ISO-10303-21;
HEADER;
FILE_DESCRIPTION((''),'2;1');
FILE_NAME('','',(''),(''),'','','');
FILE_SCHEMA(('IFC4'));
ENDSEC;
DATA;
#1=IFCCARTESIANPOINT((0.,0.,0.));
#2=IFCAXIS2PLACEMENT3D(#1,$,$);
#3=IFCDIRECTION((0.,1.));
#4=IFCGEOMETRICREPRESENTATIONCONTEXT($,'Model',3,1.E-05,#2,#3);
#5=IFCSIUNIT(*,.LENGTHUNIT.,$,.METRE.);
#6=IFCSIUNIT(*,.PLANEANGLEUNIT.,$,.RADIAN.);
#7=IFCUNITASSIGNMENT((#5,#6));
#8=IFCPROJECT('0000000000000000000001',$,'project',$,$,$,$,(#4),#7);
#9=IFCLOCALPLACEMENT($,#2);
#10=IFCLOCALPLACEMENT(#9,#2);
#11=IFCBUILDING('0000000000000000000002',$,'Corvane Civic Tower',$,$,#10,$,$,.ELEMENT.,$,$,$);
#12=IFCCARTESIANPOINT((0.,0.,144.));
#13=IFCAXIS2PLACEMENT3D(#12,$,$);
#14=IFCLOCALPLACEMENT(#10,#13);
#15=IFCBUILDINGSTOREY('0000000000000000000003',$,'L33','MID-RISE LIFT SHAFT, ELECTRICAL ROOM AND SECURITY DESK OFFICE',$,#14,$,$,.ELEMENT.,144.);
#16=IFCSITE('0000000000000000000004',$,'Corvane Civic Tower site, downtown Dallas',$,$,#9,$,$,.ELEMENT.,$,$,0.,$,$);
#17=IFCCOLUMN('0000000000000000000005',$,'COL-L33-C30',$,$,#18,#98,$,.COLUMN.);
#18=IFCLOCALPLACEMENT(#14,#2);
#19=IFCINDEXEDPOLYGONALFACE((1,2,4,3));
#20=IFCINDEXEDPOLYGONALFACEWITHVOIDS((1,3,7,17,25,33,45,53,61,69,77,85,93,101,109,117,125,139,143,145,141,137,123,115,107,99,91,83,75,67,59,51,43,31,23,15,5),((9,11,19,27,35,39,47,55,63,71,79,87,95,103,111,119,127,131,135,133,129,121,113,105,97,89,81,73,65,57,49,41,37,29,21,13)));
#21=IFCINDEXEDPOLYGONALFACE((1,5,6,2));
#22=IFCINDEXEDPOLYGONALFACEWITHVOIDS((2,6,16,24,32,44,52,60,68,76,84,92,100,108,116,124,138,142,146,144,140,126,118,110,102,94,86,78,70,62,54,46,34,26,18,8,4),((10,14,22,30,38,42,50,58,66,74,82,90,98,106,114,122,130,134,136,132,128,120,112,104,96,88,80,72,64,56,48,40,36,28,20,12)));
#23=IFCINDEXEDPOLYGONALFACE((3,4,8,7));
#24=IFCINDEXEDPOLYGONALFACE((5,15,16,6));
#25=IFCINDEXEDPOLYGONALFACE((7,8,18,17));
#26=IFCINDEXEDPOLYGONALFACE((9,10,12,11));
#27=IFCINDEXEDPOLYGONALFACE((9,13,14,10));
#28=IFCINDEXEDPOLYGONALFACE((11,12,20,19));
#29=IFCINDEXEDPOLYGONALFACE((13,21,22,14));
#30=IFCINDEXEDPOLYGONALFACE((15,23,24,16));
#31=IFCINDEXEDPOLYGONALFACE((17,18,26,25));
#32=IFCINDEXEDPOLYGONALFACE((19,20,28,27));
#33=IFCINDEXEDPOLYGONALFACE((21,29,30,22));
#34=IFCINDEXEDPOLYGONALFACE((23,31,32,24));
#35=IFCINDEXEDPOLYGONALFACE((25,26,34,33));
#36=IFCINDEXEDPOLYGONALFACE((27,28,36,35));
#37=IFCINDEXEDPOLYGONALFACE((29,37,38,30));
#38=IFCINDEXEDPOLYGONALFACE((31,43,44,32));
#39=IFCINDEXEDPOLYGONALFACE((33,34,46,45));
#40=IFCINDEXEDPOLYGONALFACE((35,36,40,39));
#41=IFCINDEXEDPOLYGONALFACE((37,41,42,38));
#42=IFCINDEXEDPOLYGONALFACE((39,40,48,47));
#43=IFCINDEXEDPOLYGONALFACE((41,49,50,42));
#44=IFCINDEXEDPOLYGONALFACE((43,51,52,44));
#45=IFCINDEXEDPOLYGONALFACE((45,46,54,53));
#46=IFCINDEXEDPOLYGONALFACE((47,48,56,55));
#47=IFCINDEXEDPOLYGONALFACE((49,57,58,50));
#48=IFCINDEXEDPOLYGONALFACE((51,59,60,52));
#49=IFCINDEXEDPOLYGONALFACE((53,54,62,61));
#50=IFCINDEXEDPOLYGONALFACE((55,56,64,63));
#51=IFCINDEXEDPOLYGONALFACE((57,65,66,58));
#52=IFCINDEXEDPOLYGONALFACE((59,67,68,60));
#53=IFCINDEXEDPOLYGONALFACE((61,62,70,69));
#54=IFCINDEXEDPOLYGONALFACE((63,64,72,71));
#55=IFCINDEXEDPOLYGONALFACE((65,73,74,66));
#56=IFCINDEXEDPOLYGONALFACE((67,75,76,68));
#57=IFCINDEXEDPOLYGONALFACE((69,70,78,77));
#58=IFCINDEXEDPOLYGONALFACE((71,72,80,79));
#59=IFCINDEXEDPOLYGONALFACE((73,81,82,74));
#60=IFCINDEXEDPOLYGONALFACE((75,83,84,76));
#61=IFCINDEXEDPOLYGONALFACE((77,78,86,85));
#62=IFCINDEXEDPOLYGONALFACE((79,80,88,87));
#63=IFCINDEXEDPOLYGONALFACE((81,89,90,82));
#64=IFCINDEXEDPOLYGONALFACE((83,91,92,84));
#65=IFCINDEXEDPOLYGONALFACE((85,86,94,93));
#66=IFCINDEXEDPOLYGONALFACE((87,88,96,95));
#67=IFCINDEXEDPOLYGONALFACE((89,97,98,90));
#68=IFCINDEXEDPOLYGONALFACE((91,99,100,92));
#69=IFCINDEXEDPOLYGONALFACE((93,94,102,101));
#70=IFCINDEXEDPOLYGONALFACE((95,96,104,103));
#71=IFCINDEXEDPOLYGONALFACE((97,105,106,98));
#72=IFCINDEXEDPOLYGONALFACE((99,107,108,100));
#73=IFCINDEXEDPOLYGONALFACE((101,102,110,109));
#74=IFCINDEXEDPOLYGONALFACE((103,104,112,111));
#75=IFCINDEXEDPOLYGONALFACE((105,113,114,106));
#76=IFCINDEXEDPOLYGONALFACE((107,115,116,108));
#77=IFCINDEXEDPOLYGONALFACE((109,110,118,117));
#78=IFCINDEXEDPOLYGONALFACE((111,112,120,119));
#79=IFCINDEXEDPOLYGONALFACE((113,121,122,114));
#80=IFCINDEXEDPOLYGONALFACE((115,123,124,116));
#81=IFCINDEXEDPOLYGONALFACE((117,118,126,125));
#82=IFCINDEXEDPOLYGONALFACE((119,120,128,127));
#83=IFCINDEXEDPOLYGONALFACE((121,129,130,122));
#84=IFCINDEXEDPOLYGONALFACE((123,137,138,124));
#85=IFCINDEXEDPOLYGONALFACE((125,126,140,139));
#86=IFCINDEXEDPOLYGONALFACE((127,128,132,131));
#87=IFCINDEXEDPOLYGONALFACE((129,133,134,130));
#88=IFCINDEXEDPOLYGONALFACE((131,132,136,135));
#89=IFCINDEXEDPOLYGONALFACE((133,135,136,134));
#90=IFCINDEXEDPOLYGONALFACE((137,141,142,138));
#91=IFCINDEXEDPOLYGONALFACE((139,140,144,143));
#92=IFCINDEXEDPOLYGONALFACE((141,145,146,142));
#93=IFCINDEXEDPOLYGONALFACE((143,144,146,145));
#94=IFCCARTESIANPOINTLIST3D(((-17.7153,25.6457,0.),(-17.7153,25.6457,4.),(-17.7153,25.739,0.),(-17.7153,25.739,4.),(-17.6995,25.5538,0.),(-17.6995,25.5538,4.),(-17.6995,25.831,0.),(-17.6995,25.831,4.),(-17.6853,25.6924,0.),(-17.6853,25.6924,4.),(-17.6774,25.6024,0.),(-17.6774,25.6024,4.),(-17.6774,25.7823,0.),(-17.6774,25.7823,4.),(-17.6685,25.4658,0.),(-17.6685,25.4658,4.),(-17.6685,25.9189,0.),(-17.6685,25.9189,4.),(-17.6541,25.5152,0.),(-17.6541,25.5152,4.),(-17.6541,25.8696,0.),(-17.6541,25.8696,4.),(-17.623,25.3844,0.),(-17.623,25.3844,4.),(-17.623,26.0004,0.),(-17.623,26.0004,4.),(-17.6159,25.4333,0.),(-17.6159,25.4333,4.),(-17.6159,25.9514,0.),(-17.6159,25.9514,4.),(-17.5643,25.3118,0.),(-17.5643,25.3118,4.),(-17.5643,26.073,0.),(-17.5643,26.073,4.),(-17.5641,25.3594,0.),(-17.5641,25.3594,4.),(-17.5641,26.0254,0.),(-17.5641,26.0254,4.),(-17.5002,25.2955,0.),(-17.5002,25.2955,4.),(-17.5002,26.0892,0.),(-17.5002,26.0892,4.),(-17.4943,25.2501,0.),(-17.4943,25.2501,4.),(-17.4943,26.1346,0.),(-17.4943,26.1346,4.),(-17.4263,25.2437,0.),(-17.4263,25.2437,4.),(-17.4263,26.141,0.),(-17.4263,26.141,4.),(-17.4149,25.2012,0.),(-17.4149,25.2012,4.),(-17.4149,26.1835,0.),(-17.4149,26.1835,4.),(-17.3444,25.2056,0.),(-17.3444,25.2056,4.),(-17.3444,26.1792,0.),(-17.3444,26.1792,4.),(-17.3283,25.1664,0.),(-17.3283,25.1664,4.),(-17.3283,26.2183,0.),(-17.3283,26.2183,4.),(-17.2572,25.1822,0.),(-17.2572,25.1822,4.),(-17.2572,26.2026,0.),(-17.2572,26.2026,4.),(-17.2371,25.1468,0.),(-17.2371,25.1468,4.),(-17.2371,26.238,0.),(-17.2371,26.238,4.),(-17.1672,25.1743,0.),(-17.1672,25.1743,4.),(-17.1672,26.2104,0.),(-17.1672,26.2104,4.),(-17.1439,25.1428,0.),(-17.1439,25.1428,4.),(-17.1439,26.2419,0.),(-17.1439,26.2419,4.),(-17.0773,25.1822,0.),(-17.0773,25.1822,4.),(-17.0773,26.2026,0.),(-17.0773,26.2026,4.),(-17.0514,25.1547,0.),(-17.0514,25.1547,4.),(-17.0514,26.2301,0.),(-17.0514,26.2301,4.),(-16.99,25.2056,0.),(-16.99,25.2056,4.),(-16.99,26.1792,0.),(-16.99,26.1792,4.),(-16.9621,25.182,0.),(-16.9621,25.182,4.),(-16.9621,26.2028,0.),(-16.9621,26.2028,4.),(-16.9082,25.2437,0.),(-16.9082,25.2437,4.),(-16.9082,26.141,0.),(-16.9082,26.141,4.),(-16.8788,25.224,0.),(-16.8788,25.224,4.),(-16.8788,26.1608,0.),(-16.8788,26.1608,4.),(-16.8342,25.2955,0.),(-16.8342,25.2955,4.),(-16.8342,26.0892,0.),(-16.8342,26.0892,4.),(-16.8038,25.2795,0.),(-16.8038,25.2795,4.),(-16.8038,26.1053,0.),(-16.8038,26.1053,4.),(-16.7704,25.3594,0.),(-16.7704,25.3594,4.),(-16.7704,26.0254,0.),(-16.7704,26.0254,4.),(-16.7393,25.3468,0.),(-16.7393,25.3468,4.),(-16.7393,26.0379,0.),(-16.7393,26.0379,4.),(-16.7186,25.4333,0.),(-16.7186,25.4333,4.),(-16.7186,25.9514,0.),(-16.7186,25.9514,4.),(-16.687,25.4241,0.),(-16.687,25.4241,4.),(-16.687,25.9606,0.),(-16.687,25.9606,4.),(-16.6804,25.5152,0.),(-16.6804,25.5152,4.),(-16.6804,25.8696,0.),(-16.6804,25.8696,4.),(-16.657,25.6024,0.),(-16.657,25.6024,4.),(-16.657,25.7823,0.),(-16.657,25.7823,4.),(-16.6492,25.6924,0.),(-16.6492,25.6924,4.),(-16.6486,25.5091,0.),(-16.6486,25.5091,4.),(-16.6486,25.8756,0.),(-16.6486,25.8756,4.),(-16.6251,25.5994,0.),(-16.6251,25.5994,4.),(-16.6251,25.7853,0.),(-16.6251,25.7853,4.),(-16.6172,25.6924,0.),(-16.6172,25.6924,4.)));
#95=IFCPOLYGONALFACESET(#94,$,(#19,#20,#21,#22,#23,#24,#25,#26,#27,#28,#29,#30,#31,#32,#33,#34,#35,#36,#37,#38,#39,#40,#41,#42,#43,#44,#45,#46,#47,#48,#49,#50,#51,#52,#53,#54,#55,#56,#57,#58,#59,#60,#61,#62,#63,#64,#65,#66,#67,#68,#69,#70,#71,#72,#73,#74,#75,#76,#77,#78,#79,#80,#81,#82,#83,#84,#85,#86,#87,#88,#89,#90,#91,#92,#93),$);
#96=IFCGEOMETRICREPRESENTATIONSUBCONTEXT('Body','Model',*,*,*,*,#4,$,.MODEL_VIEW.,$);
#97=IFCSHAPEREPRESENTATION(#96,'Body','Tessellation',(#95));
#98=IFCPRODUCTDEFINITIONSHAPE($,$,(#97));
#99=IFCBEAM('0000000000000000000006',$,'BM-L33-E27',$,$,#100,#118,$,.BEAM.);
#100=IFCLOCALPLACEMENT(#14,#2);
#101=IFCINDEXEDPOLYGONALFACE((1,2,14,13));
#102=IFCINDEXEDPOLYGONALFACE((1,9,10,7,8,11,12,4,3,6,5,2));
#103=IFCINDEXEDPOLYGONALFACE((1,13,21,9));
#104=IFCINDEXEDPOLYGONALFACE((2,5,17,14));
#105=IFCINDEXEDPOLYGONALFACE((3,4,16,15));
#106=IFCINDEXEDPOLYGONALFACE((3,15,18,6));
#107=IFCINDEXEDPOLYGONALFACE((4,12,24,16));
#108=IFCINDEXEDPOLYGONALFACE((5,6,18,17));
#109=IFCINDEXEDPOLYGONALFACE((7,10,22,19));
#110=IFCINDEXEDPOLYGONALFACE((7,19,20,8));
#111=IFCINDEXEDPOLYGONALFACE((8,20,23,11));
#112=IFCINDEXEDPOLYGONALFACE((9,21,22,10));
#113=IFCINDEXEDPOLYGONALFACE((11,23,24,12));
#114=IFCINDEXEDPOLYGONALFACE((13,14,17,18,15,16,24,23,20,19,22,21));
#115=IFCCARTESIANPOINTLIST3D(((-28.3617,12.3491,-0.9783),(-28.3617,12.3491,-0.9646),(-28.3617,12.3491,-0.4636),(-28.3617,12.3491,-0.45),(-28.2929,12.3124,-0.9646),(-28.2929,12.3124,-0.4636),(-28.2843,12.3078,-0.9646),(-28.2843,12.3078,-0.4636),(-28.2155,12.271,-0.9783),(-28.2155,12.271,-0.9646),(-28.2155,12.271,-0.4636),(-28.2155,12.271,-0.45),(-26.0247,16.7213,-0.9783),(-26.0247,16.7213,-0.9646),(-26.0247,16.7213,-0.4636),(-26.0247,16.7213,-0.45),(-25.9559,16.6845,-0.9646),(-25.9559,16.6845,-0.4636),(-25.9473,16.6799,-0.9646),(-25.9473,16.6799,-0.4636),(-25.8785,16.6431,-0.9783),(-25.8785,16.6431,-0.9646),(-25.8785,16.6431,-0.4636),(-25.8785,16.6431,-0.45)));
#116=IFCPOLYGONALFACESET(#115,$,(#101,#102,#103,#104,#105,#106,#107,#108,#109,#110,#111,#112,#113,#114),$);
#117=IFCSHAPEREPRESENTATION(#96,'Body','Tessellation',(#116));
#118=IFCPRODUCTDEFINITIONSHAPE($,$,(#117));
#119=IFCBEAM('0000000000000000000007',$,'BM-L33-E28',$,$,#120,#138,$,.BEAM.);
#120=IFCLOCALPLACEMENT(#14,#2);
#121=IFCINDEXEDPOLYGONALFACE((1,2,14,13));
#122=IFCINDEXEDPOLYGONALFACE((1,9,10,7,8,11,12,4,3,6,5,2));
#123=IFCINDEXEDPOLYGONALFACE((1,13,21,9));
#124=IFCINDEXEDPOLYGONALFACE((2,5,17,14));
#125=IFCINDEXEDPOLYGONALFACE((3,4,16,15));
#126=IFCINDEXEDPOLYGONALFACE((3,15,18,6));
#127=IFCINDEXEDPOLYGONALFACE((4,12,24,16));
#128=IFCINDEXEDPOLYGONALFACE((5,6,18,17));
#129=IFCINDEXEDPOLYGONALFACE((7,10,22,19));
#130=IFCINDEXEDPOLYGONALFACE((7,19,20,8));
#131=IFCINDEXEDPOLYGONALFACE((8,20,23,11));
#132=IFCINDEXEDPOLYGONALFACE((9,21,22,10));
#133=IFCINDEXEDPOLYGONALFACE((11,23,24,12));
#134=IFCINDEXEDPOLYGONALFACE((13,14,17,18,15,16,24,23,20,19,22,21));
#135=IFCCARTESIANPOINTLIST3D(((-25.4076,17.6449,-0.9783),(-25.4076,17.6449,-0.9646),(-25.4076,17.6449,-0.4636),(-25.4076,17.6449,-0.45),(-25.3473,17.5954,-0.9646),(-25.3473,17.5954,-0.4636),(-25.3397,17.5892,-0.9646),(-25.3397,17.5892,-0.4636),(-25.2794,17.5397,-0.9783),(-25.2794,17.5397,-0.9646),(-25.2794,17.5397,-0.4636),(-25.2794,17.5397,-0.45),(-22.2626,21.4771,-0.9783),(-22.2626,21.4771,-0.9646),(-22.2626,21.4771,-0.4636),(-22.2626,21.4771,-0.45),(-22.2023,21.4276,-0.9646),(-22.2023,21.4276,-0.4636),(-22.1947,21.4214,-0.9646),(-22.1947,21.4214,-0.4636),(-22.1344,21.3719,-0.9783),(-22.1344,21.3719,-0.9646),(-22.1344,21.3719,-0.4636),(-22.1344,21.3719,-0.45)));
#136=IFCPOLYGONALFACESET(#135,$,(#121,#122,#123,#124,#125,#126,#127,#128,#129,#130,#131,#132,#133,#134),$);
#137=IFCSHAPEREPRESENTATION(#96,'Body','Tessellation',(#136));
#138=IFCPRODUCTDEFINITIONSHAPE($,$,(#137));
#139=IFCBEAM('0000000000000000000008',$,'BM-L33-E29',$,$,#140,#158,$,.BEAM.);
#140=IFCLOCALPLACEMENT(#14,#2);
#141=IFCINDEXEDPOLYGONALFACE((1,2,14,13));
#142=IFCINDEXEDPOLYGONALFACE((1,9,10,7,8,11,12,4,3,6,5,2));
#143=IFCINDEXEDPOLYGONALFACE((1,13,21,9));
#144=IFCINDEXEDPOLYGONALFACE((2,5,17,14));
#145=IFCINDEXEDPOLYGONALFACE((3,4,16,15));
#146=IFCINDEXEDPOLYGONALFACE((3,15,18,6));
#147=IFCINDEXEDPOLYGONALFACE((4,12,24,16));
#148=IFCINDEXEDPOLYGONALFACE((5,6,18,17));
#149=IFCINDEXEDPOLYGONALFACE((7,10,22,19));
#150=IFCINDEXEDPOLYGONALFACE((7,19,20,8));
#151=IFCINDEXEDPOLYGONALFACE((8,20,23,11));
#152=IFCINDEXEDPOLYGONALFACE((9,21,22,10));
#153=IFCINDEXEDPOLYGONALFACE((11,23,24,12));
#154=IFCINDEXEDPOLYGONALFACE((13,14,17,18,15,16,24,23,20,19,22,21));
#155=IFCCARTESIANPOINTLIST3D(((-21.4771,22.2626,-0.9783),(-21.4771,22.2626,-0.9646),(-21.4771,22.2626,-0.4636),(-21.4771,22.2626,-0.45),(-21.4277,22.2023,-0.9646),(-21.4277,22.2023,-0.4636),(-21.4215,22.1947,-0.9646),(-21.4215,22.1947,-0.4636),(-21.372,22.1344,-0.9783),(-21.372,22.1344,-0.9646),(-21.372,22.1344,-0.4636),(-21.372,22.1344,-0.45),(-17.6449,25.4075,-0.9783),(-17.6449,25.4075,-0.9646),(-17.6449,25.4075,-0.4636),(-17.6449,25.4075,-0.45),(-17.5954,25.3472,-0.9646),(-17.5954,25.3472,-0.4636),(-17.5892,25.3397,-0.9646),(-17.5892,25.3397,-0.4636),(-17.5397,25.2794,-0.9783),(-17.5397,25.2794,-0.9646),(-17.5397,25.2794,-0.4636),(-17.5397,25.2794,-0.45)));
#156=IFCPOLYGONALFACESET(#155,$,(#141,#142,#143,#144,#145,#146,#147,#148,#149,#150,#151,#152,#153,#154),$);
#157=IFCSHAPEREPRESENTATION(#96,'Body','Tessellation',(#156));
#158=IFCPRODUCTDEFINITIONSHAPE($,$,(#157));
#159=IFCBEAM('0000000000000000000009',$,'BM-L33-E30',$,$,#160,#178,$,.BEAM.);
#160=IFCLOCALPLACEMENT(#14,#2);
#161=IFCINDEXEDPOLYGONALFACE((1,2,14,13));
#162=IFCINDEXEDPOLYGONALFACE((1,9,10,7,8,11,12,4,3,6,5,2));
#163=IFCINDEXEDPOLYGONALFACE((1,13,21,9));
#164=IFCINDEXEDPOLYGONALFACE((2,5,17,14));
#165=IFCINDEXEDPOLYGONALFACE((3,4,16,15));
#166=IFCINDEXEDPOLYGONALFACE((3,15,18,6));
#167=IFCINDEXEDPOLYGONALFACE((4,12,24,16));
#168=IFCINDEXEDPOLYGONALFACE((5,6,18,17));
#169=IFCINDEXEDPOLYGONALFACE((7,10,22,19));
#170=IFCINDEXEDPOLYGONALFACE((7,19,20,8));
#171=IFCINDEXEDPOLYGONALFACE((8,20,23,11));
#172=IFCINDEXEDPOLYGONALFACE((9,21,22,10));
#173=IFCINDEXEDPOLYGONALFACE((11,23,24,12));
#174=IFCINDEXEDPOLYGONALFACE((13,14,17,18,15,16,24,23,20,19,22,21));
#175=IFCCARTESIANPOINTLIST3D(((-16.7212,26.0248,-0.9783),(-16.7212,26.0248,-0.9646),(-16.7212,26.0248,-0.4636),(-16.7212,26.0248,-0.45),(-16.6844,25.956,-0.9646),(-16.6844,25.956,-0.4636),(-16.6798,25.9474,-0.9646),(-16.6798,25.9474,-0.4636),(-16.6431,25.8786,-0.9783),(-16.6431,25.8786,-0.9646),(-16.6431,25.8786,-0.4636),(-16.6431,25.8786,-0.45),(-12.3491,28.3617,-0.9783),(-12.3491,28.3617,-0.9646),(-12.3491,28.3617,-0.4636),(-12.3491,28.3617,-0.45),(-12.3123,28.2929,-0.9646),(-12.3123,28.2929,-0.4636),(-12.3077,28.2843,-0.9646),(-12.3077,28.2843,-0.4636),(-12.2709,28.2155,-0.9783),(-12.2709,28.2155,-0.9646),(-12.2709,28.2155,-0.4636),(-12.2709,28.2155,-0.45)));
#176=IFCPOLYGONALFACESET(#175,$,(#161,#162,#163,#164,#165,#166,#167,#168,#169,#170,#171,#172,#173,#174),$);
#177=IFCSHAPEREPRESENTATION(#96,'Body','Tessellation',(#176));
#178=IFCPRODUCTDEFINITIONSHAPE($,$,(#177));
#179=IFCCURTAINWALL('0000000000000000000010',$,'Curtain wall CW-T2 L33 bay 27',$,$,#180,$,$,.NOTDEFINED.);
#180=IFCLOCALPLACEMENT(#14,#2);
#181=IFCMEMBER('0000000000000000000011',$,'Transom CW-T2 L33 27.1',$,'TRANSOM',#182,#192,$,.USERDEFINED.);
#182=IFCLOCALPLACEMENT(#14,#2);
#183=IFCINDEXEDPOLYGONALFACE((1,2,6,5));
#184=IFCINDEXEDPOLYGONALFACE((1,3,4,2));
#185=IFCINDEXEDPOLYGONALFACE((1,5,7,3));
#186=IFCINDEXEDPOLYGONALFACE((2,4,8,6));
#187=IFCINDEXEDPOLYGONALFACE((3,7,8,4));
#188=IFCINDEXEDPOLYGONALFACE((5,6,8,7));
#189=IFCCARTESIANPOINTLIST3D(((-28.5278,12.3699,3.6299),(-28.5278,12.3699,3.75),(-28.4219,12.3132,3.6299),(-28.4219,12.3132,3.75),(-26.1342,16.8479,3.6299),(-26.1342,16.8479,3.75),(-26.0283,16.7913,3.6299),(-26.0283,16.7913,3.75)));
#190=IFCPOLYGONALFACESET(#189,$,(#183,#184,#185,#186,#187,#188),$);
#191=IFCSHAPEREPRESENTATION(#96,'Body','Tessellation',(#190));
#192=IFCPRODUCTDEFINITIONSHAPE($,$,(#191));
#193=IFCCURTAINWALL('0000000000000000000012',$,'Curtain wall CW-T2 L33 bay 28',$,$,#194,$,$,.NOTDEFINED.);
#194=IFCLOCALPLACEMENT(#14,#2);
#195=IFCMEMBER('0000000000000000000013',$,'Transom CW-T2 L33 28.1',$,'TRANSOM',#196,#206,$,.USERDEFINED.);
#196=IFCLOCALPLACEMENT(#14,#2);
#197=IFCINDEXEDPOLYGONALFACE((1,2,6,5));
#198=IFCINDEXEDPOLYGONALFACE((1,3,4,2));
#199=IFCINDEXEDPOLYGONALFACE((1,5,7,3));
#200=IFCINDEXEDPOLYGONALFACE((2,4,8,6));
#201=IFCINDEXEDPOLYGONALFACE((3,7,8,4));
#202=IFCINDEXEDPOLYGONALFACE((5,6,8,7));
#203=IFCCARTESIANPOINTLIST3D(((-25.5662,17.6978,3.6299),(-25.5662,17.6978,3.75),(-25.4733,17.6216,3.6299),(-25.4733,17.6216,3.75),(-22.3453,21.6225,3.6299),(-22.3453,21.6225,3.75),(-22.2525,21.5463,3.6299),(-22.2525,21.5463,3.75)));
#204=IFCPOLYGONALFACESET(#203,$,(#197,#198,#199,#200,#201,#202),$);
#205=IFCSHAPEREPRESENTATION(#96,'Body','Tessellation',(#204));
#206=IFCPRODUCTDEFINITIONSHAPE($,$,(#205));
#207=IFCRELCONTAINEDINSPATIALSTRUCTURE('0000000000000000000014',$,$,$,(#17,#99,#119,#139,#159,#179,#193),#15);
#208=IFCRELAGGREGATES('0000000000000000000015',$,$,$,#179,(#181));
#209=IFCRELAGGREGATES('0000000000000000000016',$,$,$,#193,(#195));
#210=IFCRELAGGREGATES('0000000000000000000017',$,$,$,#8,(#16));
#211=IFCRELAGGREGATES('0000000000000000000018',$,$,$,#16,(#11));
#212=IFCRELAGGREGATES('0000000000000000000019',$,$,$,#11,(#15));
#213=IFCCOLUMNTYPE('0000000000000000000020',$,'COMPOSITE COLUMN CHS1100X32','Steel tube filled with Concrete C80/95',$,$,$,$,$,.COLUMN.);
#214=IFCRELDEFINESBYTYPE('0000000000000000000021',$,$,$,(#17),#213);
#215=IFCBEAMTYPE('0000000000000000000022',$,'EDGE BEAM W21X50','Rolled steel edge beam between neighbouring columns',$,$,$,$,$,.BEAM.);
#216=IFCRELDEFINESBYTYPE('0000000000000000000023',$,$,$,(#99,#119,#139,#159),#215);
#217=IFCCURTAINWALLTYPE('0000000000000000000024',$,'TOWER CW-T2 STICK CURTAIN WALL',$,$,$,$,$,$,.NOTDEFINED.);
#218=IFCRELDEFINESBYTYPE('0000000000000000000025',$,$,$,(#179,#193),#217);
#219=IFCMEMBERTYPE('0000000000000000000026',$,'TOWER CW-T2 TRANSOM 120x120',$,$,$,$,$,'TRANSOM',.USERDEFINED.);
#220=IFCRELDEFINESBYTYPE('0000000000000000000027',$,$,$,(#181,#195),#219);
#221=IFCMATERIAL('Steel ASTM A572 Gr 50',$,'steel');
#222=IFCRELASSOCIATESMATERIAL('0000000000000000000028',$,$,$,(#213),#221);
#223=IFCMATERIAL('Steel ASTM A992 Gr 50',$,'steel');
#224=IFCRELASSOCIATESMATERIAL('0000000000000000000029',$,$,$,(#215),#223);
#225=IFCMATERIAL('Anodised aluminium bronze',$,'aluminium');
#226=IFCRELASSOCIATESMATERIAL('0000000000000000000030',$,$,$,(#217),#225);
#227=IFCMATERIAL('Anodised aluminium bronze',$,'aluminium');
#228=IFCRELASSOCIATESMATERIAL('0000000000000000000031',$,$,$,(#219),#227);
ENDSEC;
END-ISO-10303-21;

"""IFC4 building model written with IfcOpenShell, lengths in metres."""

from ifc_helpers import new_model, si_unit, direction, frame, origin, origin_2d, place, context, subcontext, project, spatial, rectangle, hollow_circle, i_section, extrude, material, material_profile, profile_set, type_object, element, aggregate, save


model = new_model("IFC4")

# Units and contexts
model_context = context("Model", 3, precision=1e-05, world=origin(), true_north=direction((0.0, 1.0)))
body_context = subcontext(model_context, "Body", "Model", "MODEL_VIEW")
ifc_project = project(units=[si_unit("LENGTHUNIT", "METRE"), si_unit("PLANEANGLEUNIT", "RADIAN")], contexts=[model_context])

# Site, building, storey
site_placement = place(None, origin())
site = spatial("IfcSite", under=ifc_project, at=site_placement, Name="Corvane Civic Tower site, downtown Dallas", CompositionType="ELEMENT", RefElevation=0.0)
building_placement = place(site_placement, origin())
building = spatial("IfcBuilding", under=site, at=building_placement, Name="Corvane Civic Tower", CompositionType="ELEMENT")
storey_placement = place(building_placement, frame((0.0, 0.0, 144.0)))
storey = spatial("IfcBuildingStorey", under=building, at=storey_placement, Name="L33", Description="MID-RISE LIFT SHAFT, ELECTRICAL ROOM AND SECURITY DESK OFFICE", CompositionType="ELEMENT", Elevation=144.0)

# Column
ifc_material_1 = material(Name="Steel ASTM A572 Gr 50", Category="steel")
ifc_material_profile_1 = material_profile(ifc_material_1, hollow_circle(Radius=0.55, WallThickness=0.032, at=origin_2d()), Name="CHS1100X32")
ifc_profile_set_1 = profile_set([ifc_material_profile_1], Name="Steel ASTM A572 Gr 50")
column_type = type_object("IfcColumnType", Name="COMPOSITE COLUMN CHS1100X32", Description="Steel tube filled with Concrete C80/95", PredefinedType="COLUMN", material=ifc_profile_set_1)
for number, where, z_axis, x_axis, name in (
    (1, (-17.1672, 25.6924, 0.0), (0.0, 0.0, 1.0), (1.0, 0.0, 0.0), "COL-L33-C30"),
):
    element("IfcColumn", number, at=place(storey_placement, frame(where, z_axis=z_axis, x_axis=x_axis)), inside=storey, type_object=column_type, Name=name, PredefinedType="COLUMN", context=body_context, shape_type="SweptSolid", body=[
        extrude(hollow_circle(Radius=0.55, WallThickness=0.032, at=origin_2d()), origin(), (0.0, 0.0, 1.0), 4.0),
    ])

# Beams
ifc_material_2 = material(Name="Steel ASTM A992 Gr 50", Category="steel")
ifc_material_profile_2 = material_profile(ifc_material_2, i_section(OverallWidth=0.1658, OverallDepth=0.5283, WebThickness=0.0098, FlangeThickness=0.0137, at=origin_2d()), Name="W21X50")
ifc_profile_set_2 = profile_set([ifc_material_profile_2], Name="Steel ASTM A992 Gr 50")
beam_type = type_object("IfcBeamType", Name="EDGE BEAM W21X50", Description="Rolled steel edge beam between neighbouring columns", PredefinedType="BEAM", material=ifc_profile_set_2)
for number, where, z_axis, x_axis, name in (
    (2, (-28.2886, 12.3101, -0.7141), (0.471396, 0.881922, 0.0), (-0.881922, 0.471396, 0.0), "BM-L33-E27"),
    (3, (-25.3435, 17.5923, -0.7141), (0.634388, 0.773015, 0.0), (-0.773015, 0.634388, 0.0), "BM-L33-E28"),
    (4, (-21.4246, 22.1985, -0.7141), (0.773015, 0.634388, 0.0), (-0.634388, 0.773015, 0.0), "BM-L33-E29"),
    (5, (-16.6821, 25.9517, -0.7141), (0.881922, 0.471396, 0.0), (-0.471396, 0.881922, 0.0), "BM-L33-E30"),
):
    element("IfcBeam", number, at=place(storey_placement, frame(where, z_axis=z_axis, x_axis=x_axis)), inside=storey, type_object=beam_type, Name=name, PredefinedType="BEAM", context=body_context, shape_type="SweptSolid", body=[
        extrude(i_section(OverallWidth=0.1658, OverallDepth=0.5283, WebThickness=0.0098, FlangeThickness=0.0137, at=origin_2d()), origin(), (0.0, 0.0, 1.0), 4.9575),
    ])

# Curtain walls, members
ifc_material_3 = material(Name="Anodised aluminium bronze", Category="aluminium")
curtain_wall_type = type_object("IfcCurtainWallType", Name="TOWER CW-T2 STICK CURTAIN WALL", PredefinedType="NOTDEFINED", material=ifc_material_3)
curtain_wall_1_placement = place(storey_placement, origin())
curtain_wall_1 = element("IfcCurtainWall", 6, at=curtain_wall_1_placement, inside=storey, type_object=curtain_wall_type, Name="Curtain wall CW-T2 L33 bay 27", PredefinedType="NOTDEFINED")
ifc_material_4 = material(Name="Anodised aluminium bronze", Category="aluminium")
ifc_material_profile_3 = material_profile(ifc_material_4, rectangle(XDim=0.1201, YDim=0.1201, at=origin_2d()), Name="TOWER CW-T2 TRANSOM 120x120")
ifc_profile_set_3 = profile_set([ifc_material_profile_3], Name="Anodised aluminium bronze")
member_type = type_object("IfcMemberType", Name="TOWER CW-T2 TRANSOM 120x120", ElementType="TRANSOM", PredefinedType="USERDEFINED", material=ifc_profile_set_3)
member_1_placement = place(storey_placement, frame((-28.4749, 12.3416, 3.6899), z_axis=(0.471397, 0.881921, 0.0), x_axis=(-0.881921, 0.471397, 0.0)))
member_1 = element("IfcMember", 7, at=member_1_placement, type_object=member_type, Name="Transom CW-T2 L33 27.1", ObjectType="TRANSOM", PredefinedType="USERDEFINED", context=body_context, shape_type="SweptSolid", body=[
    extrude(rectangle(XDim=0.1201, YDim=0.1201, at=origin_2d()), origin(), (0.0, 0.0, 1.0), 5.0776),
])
curtain_wall_2_placement = place(storey_placement, origin())
curtain_wall_2 = element("IfcCurtainWall", 8, at=curtain_wall_2_placement, inside=storey, type_object=curtain_wall_type, Name="Curtain wall CW-T2 L33 bay 28", PredefinedType="NOTDEFINED")
member_2_placement = place(storey_placement, frame((-25.5198, 17.6597, 3.6899), z_axis=(0.634387, 0.773016, 0.0), x_axis=(-0.773016, 0.634387, 0.0)))
member_2 = element("IfcMember", 9, at=member_2_placement, type_object=member_type, Name="Transom CW-T2 L33 28.1", ObjectType="TRANSOM", PredefinedType="USERDEFINED", context=body_context, shape_type="SweptSolid", body=[
    extrude(rectangle(XDim=0.1201, YDim=0.1201, at=origin_2d()), origin(), (0.0, 0.0, 1.0), 5.0771),
])

aggregate(curtain_wall_1, [member_1])
aggregate(curtain_wall_2, [member_2])

save(model, "model.ifc")
